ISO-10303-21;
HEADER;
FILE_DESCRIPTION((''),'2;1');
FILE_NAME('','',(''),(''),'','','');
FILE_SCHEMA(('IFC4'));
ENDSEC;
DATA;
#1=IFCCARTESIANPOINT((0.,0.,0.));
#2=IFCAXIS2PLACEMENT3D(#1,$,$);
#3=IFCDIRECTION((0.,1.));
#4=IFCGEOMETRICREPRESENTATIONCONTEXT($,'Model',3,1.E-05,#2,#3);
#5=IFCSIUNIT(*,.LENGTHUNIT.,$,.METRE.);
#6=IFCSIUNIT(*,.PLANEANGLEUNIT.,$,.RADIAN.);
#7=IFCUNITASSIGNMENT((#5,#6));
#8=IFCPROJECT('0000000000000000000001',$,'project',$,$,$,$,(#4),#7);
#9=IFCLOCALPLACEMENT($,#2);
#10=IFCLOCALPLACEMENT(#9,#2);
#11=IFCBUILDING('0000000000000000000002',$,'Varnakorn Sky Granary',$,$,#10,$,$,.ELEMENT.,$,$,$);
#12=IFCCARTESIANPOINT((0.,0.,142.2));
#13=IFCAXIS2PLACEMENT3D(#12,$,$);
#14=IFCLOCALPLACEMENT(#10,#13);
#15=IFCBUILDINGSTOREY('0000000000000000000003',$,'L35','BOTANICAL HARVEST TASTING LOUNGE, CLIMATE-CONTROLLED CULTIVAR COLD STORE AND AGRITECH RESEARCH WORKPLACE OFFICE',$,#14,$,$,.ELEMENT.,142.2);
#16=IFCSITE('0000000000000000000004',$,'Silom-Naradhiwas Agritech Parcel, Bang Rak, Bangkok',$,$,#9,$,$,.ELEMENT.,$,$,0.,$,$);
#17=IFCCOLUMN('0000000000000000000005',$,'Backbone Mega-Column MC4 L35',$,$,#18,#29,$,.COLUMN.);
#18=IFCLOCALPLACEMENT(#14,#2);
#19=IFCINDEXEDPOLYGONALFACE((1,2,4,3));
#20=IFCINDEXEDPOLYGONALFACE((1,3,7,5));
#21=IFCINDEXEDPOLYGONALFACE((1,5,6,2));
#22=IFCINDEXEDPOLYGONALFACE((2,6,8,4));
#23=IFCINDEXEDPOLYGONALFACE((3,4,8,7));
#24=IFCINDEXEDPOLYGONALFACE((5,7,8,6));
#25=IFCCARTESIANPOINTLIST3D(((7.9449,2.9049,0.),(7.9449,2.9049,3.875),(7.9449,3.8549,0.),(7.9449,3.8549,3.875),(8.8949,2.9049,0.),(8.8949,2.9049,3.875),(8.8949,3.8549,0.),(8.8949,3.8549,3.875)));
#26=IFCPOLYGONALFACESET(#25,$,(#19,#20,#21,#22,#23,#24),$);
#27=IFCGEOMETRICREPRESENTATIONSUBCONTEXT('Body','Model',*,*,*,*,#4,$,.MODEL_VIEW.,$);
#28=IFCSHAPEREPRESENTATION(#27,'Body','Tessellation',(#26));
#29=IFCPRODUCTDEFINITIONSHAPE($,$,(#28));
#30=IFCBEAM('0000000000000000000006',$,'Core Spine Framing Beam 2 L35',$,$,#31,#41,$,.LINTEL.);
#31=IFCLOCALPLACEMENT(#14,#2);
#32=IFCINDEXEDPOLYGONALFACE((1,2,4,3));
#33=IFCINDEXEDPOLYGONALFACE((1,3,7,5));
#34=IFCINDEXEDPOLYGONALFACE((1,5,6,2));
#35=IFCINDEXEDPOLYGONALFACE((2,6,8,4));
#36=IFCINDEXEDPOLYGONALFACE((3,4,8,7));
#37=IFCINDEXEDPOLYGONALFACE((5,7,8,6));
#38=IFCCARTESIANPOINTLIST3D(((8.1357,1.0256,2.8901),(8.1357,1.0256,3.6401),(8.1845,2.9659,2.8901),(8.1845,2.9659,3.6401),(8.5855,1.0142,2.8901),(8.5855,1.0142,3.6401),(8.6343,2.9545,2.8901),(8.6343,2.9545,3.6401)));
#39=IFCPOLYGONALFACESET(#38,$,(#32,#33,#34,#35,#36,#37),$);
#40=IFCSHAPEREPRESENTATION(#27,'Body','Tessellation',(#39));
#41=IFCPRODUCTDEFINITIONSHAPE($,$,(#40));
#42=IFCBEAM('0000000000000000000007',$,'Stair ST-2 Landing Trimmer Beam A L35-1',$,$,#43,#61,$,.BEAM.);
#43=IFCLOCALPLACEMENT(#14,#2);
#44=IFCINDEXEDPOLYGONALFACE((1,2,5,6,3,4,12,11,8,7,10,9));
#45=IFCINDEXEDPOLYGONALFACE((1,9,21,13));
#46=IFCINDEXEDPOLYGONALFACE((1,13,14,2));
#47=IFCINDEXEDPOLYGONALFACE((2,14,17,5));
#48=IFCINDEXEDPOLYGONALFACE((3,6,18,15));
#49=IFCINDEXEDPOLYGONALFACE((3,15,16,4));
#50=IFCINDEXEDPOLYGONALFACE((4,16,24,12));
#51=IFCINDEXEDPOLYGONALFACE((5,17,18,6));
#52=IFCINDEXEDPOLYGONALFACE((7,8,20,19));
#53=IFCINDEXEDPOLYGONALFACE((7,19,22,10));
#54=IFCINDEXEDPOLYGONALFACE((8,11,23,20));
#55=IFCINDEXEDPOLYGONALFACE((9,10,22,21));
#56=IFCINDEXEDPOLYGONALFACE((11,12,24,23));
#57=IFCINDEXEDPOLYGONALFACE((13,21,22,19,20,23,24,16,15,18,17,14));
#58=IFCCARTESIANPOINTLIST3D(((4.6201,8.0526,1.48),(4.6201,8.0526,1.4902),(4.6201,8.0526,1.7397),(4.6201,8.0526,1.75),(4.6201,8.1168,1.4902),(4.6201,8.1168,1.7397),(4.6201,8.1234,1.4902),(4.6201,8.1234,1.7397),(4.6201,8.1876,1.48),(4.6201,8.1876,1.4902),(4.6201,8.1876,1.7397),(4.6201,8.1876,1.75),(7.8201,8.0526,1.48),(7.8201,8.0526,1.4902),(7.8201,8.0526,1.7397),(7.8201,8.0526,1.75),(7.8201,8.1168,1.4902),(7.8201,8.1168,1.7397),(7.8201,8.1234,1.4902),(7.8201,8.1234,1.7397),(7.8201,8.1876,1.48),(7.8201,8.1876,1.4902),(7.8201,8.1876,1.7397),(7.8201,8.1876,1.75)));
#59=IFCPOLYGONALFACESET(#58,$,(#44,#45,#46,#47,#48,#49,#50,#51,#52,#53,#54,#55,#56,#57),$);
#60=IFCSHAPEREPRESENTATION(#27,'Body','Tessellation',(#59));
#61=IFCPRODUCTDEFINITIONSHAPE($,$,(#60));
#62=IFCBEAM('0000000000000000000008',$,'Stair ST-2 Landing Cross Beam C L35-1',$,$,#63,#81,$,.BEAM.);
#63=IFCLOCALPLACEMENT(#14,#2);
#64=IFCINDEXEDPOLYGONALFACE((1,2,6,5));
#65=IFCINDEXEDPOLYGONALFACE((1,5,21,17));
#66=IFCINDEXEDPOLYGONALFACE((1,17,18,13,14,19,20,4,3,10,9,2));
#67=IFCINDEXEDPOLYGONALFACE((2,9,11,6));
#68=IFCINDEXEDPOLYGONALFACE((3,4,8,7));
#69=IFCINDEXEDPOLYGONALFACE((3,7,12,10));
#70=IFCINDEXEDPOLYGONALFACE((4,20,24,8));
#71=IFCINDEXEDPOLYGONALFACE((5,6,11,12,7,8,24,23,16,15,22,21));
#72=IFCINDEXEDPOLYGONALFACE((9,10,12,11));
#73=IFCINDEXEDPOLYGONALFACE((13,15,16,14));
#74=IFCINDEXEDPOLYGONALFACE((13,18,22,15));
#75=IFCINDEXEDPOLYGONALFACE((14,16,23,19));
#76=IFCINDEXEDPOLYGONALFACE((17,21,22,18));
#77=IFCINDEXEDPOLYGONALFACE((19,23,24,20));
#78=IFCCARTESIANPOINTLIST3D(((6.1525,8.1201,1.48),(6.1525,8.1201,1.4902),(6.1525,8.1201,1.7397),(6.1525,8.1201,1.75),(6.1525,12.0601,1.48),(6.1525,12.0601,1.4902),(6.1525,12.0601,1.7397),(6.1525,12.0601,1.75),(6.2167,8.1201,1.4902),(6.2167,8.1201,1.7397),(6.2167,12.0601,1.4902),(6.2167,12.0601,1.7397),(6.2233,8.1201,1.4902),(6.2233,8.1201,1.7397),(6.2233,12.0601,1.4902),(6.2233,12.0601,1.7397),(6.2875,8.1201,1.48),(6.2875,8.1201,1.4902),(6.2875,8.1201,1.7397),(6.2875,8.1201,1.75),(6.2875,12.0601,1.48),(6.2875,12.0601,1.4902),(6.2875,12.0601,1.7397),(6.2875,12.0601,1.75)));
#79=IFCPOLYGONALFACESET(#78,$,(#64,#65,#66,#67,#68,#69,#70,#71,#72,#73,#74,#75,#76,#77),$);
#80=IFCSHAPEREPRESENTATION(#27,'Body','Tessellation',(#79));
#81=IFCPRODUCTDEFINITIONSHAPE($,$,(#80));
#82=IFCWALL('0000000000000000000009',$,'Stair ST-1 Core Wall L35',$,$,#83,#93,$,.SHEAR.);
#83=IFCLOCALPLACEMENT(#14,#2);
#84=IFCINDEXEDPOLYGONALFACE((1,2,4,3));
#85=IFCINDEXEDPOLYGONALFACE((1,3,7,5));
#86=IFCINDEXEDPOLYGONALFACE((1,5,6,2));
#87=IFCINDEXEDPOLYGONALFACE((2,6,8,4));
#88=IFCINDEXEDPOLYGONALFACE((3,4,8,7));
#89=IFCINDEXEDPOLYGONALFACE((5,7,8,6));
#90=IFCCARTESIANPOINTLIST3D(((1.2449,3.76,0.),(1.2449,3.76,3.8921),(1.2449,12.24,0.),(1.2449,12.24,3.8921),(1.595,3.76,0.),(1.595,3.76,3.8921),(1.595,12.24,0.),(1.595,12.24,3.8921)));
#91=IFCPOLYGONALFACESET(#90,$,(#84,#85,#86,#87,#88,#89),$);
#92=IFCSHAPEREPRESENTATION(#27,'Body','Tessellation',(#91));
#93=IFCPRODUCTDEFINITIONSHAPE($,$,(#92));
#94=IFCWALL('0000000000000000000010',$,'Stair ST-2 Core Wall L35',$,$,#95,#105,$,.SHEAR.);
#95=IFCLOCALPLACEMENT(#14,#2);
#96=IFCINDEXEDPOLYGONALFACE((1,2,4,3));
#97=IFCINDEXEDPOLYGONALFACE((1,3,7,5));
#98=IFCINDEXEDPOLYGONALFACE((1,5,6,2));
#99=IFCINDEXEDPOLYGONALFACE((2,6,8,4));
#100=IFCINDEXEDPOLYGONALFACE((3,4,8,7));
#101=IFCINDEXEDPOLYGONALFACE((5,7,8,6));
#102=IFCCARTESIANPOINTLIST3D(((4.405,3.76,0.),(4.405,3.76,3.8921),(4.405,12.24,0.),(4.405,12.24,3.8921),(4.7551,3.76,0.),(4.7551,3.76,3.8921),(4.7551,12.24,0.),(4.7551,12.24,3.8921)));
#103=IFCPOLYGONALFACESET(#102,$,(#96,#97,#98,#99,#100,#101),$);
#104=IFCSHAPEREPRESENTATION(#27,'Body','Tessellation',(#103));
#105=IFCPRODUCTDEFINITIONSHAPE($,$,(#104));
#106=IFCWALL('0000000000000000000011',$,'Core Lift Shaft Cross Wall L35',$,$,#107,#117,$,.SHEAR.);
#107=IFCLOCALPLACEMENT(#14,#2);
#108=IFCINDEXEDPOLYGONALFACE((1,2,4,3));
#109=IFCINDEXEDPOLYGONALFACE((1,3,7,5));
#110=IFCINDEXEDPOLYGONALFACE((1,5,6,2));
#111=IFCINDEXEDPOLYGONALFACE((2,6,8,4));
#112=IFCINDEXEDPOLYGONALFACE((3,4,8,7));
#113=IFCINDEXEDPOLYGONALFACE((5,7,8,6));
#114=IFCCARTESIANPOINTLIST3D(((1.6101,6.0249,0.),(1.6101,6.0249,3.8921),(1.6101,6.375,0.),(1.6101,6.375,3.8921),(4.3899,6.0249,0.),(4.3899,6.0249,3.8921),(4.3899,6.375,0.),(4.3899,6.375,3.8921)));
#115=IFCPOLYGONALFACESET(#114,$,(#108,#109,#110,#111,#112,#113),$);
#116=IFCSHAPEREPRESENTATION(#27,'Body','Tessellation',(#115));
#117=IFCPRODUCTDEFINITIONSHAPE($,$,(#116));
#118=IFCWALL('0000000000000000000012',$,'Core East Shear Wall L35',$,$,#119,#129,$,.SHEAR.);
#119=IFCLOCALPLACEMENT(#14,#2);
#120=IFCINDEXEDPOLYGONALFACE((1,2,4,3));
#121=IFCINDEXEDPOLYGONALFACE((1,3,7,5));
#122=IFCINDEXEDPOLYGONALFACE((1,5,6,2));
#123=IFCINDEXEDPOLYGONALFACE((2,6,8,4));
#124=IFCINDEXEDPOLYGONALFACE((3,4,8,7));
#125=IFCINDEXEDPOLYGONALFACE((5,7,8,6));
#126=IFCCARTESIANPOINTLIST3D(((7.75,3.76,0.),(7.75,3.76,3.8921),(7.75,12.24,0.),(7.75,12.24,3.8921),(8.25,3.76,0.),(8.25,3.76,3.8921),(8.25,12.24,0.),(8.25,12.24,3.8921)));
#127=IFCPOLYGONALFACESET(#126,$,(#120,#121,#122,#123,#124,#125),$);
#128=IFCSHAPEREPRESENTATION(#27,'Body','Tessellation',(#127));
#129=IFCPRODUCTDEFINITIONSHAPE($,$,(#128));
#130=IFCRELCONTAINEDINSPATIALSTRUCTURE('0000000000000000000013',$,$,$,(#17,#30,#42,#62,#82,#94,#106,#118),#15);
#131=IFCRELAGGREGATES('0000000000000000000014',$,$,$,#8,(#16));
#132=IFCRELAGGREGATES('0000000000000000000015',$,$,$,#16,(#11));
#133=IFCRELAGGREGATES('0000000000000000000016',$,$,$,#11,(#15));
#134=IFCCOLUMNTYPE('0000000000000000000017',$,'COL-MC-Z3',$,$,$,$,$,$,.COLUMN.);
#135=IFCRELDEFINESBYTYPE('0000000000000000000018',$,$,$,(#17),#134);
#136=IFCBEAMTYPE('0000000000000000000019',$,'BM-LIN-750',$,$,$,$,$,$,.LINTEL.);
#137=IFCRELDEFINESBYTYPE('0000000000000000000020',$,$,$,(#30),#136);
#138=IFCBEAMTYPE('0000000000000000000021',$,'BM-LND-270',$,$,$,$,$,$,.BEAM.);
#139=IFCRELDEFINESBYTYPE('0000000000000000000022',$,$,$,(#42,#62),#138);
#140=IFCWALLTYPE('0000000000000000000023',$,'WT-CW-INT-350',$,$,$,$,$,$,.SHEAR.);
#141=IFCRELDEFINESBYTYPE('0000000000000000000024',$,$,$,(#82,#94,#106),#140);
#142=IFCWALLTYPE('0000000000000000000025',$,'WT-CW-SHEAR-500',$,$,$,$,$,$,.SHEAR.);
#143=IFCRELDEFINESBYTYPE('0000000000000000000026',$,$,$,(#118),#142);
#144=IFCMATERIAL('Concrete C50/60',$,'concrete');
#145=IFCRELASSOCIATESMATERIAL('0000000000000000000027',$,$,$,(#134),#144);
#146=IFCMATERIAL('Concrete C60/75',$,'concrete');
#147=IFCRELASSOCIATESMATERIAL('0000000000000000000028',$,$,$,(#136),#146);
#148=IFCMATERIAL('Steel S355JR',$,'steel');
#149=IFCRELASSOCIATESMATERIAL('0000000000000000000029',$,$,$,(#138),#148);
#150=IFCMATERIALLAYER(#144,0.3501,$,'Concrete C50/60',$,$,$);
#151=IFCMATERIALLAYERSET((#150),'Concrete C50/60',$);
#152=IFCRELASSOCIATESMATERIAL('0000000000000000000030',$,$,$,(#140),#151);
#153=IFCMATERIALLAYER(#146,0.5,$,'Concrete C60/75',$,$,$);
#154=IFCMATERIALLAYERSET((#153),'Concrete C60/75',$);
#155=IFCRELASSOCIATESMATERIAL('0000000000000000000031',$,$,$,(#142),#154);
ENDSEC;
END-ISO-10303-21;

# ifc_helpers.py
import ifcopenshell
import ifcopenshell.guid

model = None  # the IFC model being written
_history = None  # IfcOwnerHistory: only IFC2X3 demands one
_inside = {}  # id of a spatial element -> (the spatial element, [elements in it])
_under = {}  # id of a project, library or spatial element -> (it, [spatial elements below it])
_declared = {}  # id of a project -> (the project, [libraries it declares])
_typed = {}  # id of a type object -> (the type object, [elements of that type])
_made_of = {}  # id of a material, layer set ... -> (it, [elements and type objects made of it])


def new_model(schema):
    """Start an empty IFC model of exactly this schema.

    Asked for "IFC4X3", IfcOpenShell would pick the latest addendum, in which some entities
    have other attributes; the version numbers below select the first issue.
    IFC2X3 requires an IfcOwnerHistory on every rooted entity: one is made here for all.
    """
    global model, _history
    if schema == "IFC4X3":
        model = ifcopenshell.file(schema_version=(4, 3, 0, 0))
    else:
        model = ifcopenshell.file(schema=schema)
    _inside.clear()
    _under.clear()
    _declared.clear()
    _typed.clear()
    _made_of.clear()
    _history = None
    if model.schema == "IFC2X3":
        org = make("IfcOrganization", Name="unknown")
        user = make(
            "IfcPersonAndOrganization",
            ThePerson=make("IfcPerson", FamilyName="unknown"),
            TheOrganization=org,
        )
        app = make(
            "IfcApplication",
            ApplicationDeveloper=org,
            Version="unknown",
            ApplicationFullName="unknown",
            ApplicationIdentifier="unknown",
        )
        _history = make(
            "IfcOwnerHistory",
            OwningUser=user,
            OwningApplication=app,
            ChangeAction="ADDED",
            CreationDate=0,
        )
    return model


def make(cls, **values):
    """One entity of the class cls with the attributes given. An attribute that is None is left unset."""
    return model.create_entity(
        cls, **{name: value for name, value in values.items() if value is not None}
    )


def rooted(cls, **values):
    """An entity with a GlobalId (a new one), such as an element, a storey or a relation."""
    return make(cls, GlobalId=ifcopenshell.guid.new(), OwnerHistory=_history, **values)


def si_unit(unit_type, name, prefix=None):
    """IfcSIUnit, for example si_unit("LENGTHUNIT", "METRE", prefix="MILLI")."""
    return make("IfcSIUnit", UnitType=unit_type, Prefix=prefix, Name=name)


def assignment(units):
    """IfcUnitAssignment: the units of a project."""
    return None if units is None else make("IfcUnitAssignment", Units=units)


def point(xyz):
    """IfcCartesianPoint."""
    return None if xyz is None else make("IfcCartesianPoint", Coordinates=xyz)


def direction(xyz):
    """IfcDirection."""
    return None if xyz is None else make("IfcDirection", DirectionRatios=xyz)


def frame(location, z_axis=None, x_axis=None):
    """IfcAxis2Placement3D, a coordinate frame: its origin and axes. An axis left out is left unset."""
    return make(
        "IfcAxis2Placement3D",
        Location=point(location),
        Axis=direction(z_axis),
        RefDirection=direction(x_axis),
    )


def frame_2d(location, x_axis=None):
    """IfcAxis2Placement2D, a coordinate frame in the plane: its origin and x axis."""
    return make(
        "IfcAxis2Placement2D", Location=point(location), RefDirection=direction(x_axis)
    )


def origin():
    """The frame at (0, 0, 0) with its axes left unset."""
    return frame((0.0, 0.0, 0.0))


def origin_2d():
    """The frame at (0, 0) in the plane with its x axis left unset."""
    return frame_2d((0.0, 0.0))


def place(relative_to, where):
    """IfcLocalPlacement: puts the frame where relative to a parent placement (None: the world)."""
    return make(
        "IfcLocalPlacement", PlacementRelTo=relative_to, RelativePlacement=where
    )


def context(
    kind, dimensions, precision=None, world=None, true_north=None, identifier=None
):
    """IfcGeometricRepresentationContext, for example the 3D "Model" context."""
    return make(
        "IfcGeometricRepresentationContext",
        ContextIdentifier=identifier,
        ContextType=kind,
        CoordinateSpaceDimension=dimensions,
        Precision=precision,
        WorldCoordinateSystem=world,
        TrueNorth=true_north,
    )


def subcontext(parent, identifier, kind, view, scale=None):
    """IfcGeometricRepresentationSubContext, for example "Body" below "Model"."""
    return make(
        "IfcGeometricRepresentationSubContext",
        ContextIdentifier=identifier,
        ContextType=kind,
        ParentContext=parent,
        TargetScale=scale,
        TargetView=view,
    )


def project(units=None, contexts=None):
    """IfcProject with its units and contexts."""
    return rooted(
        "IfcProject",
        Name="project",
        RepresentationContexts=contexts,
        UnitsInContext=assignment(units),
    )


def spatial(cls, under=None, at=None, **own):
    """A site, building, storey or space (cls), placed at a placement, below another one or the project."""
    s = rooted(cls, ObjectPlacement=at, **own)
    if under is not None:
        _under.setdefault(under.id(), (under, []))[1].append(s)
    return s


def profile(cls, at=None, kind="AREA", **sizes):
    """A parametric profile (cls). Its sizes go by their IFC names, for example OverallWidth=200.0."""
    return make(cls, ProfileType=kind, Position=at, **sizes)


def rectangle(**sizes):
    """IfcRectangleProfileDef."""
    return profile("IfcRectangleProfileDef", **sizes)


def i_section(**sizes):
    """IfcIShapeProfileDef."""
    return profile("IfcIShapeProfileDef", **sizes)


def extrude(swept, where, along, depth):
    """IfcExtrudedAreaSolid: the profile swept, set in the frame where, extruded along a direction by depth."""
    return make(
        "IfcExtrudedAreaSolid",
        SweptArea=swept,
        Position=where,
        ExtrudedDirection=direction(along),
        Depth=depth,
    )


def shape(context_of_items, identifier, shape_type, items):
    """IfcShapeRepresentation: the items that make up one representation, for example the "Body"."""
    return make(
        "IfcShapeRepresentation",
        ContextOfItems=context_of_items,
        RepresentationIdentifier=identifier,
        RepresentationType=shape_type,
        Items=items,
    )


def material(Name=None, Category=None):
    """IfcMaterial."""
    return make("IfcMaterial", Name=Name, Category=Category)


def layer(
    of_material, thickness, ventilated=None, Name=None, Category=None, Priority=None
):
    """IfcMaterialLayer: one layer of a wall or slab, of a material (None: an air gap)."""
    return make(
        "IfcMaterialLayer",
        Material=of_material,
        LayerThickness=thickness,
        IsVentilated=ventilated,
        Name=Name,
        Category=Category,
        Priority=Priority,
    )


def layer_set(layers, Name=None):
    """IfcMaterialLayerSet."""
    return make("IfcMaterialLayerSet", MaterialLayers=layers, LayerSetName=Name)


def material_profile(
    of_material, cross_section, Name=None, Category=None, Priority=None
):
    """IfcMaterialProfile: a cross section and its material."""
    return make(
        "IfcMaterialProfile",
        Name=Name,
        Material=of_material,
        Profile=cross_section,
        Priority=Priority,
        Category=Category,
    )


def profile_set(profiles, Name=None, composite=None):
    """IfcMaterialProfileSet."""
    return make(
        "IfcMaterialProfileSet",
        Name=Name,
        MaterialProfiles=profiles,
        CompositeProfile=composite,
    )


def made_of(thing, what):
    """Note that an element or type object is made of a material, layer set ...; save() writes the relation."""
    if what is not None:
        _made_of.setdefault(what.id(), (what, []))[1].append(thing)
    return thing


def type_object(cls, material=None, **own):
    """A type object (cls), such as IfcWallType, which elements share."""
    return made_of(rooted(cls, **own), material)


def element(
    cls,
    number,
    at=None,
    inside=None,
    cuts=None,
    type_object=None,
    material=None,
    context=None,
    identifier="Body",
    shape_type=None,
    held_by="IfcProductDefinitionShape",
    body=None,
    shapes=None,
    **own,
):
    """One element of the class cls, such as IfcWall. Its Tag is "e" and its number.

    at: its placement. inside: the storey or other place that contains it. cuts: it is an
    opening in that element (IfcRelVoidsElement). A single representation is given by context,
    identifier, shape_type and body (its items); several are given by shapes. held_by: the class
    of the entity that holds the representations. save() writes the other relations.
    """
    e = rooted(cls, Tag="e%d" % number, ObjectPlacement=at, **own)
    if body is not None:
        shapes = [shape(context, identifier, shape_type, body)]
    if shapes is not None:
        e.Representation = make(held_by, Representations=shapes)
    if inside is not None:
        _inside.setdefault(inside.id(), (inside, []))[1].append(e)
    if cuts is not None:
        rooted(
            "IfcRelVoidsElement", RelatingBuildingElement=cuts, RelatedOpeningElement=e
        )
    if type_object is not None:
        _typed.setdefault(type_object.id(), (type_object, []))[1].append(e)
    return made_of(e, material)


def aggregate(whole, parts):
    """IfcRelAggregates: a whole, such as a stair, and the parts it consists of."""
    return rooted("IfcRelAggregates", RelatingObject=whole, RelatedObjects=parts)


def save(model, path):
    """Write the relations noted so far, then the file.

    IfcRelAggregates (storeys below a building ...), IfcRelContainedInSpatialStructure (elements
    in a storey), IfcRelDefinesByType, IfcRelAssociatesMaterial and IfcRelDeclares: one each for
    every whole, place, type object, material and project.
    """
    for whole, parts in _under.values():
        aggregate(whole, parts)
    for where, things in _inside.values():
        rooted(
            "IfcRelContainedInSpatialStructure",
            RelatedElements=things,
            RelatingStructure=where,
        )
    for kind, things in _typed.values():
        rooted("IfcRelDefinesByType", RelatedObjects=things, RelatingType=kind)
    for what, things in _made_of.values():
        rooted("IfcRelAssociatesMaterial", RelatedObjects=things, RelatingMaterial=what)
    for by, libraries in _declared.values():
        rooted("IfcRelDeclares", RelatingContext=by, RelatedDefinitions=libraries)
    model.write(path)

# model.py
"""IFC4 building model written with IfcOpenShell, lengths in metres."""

from ifc_helpers import new_model, si_unit, direction, frame, frame_2d, origin, origin_2d, place, context, subcontext, project, spatial, rectangle, i_section, extrude, material, layer, layer_set, material_profile, profile_set, type_object, element, save


model = new_model("IFC4")

# Units and contexts
model_context = context("Model", 3, precision=1e-05, world=origin(), true_north=direction((0.0, 1.0)))
body_context = subcontext(model_context, "Body", "Model", "MODEL_VIEW")
ifc_project = project(units=[si_unit("LENGTHUNIT", "METRE"), si_unit("PLANEANGLEUNIT", "RADIAN")], contexts=[model_context])

# Site, building, storey
site_placement = place(None, origin())
site = spatial("IfcSite", under=ifc_project, at=site_placement, Name="Silom-Naradhiwas Agritech Parcel, Bang Rak, Bangkok", CompositionType="ELEMENT", RefElevation=0.0)
building_placement = place(site_placement, origin())
building = spatial("IfcBuilding", under=site, at=building_placement, Name="Varnakorn Sky Granary", CompositionType="ELEMENT")
storey_placement = place(building_placement, frame((0.0, 0.0, 142.2)))
storey = spatial("IfcBuildingStorey", under=building, at=storey_placement, Name="L35", Description="BOTANICAL HARVEST TASTING LOUNGE, CLIMATE-CONTROLLED CULTIVAR COLD STORE AND AGRITECH RESEARCH WORKPLACE OFFICE", CompositionType="ELEMENT", Elevation=142.2)

# Column
ifc_material_1 = material(Name="Concrete C50/60", Category="concrete")
ifc_material_profile_1 = material_profile(ifc_material_1, rectangle(XDim=0.95, YDim=0.95, at=origin_2d()), Name="RC 950x950")
ifc_profile_set_1 = profile_set([ifc_material_profile_1], Name="Concrete C50/60")
column_type = type_object("IfcColumnType", Name="COL-MC-Z3", PredefinedType="COLUMN", material=ifc_profile_set_1)
column_placement = place(storey_placement, frame((8.4199, 3.3799, 0.0), z_axis=(0.0, 0.0, 1.0), x_axis=(1.0, 0.0, 0.0)))
element("IfcColumn", 1, at=column_placement, inside=storey, type_object=column_type, Name="Backbone Mega-Column MC4 L35", PredefinedType="COLUMN", context=body_context, shape_type="SweptSolid", body=[
    extrude(rectangle(XDim=0.95, YDim=0.95, at=origin_2d()), origin(), (0.0, 0.0, 1.0), 3.875),
])

# Beams
ifc_material_2 = material(Name="Concrete C60/75", Category="concrete")
ifc_material_profile_2 = material_profile(ifc_material_2, rectangle(XDim=0.45, YDim=0.75, at=origin_2d()), Name="RC 450x750")
ifc_profile_set_2 = profile_set([ifc_material_profile_2], Name="Concrete C60/75")
beam_type_1 = type_object("IfcBeamType", Name="BM-LIN-750", PredefinedType="LINTEL", material=ifc_profile_set_2)
beam_1_placement = place(storey_placement, frame((8.4094, 2.9602, 3.2651), z_axis=(-0.025159, -0.999683, 0.0), x_axis=(0.999683, -0.025159, 0.0)))
element("IfcBeam", 2, at=beam_1_placement, inside=storey, type_object=beam_type_1, Name="Core Spine Framing Beam 2 L35", PredefinedType="LINTEL", context=body_context, shape_type="SweptSolid", body=[
    extrude(rectangle(XDim=0.45, YDim=0.75, at=origin_2d()), origin(), (0.0, 0.0, 1.0), 1.9409),
])
ifc_material_3 = material(Name="Steel S355JR", Category="steel")
ifc_material_profile_3 = material_profile(ifc_material_3, i_section(OverallWidth=0.135, OverallDepth=0.27, WebThickness=0.0066, FlangeThickness=0.0103, at=origin_2d()), Name="IPE 270")
ifc_profile_set_3 = profile_set([ifc_material_profile_3], Name="Steel S355JR")
beam_type_2 = type_object("IfcBeamType", Name="BM-LND-270", PredefinedType="BEAM", material=ifc_profile_set_3)
beam_2_placement = place(storey_placement, frame((4.6201, 8.1201, 1.615), z_axis=(1.0, 0.0, 0.0), x_axis=(0.0, 1.0, 0.0)))
element("IfcBeam", 3, at=beam_2_placement, inside=storey, type_object=beam_type_2, Name="Stair ST-2 Landing Trimmer Beam A L35-1", PredefinedType="BEAM", context=body_context, shape_type="SweptSolid", body=[
    extrude(i_section(OverallWidth=0.135, OverallDepth=0.27, WebThickness=0.0066, FlangeThickness=0.0103, at=origin_2d()), origin(), (0.0, 0.0, 1.0), 3.2),
])
beam_3_placement = place(storey_placement, frame((6.22, 8.1201, 1.615), z_axis=(0.0, 1.0, 0.0), x_axis=(-1.0, 0.0, 0.0)))
element("IfcBeam", 4, at=beam_3_placement, inside=storey, type_object=beam_type_2, Name="Stair ST-2 Landing Cross Beam C L35-1", PredefinedType="BEAM", context=body_context, shape_type="SweptSolid", body=[
    extrude(i_section(OverallWidth=0.135, OverallDepth=0.27, WebThickness=0.0066, FlangeThickness=0.0103, at=origin_2d()), origin(), (0.0, 0.0, 1.0), 3.9399),
])

# Walls
ifc_layer_1 = layer(ifc_material_1, 0.3501, Name="Concrete C50/60")
ifc_layer_set_1 = layer_set([ifc_layer_1], Name="Concrete C50/60")
wall_type_1 = type_object("IfcWallType", Name="WT-CW-INT-350", PredefinedType="SHEAR", material=ifc_layer_set_1)
for number, where, z_axis, x_axis, name in (
    (5, (1.4199, 3.76, 0.0), (0.0, 0.0, 1.0), (0.0, 1.0, 0.0), "Stair ST-1 Core Wall L35"),
    (6, (4.5801, 3.76, 0.0), (0.0, 0.0, 1.0), (0.0, 1.0, 0.0), "Stair ST-2 Core Wall L35"),
):
    element("IfcWall", number, at=place(storey_placement, frame(where, z_axis=z_axis, x_axis=x_axis)), inside=storey, type_object=wall_type_1, Name=name, PredefinedType="SHEAR", context=body_context, shape_type="SweptSolid", body=[
        extrude(rectangle(XDim=8.48, YDim=0.3501, at=frame_2d((4.24, 0.0))), origin(), (0.0, 0.0, 1.0), 3.8921),
    ])
wall_1_placement = place(storey_placement, frame((1.6101, 6.2, 0.0), z_axis=(0.0, 0.0, 1.0), x_axis=(1.0, 0.0, 0.0)))
element("IfcWall", 7, at=wall_1_placement, inside=storey, type_object=wall_type_1, Name="Core Lift Shaft Cross Wall L35", PredefinedType="SHEAR", context=body_context, shape_type="SweptSolid", body=[
    extrude(rectangle(XDim=2.7798, YDim=0.3501, at=frame_2d((1.3899, 0.0))), origin(), (0.0, 0.0, 1.0), 3.8921),
])
ifc_layer_2 = layer(ifc_material_2, 0.5, Name="Concrete C60/75")
ifc_layer_set_2 = layer_set([ifc_layer_2], Name="Concrete C60/75")
wall_type_2 = type_object("IfcWallType", Name="WT-CW-SHEAR-500", PredefinedType="SHEAR", material=ifc_layer_set_2)
wall_2_placement = place(storey_placement, frame((8.0, 3.76, 0.0), z_axis=(0.0, 0.0, 1.0), x_axis=(0.0, 1.0, 0.0)))
element("IfcWall", 8, at=wall_2_placement, inside=storey, type_object=wall_type_2, Name="Core East Shear Wall L35", PredefinedType="SHEAR", context=body_context, shape_type="SweptSolid", body=[
    extrude(rectangle(XDim=8.48, YDim=0.5, at=frame_2d((4.24, 0.0))), origin(), (0.0, 0.0, 1.0), 3.8921),
])

save(model, "model.ifc")
